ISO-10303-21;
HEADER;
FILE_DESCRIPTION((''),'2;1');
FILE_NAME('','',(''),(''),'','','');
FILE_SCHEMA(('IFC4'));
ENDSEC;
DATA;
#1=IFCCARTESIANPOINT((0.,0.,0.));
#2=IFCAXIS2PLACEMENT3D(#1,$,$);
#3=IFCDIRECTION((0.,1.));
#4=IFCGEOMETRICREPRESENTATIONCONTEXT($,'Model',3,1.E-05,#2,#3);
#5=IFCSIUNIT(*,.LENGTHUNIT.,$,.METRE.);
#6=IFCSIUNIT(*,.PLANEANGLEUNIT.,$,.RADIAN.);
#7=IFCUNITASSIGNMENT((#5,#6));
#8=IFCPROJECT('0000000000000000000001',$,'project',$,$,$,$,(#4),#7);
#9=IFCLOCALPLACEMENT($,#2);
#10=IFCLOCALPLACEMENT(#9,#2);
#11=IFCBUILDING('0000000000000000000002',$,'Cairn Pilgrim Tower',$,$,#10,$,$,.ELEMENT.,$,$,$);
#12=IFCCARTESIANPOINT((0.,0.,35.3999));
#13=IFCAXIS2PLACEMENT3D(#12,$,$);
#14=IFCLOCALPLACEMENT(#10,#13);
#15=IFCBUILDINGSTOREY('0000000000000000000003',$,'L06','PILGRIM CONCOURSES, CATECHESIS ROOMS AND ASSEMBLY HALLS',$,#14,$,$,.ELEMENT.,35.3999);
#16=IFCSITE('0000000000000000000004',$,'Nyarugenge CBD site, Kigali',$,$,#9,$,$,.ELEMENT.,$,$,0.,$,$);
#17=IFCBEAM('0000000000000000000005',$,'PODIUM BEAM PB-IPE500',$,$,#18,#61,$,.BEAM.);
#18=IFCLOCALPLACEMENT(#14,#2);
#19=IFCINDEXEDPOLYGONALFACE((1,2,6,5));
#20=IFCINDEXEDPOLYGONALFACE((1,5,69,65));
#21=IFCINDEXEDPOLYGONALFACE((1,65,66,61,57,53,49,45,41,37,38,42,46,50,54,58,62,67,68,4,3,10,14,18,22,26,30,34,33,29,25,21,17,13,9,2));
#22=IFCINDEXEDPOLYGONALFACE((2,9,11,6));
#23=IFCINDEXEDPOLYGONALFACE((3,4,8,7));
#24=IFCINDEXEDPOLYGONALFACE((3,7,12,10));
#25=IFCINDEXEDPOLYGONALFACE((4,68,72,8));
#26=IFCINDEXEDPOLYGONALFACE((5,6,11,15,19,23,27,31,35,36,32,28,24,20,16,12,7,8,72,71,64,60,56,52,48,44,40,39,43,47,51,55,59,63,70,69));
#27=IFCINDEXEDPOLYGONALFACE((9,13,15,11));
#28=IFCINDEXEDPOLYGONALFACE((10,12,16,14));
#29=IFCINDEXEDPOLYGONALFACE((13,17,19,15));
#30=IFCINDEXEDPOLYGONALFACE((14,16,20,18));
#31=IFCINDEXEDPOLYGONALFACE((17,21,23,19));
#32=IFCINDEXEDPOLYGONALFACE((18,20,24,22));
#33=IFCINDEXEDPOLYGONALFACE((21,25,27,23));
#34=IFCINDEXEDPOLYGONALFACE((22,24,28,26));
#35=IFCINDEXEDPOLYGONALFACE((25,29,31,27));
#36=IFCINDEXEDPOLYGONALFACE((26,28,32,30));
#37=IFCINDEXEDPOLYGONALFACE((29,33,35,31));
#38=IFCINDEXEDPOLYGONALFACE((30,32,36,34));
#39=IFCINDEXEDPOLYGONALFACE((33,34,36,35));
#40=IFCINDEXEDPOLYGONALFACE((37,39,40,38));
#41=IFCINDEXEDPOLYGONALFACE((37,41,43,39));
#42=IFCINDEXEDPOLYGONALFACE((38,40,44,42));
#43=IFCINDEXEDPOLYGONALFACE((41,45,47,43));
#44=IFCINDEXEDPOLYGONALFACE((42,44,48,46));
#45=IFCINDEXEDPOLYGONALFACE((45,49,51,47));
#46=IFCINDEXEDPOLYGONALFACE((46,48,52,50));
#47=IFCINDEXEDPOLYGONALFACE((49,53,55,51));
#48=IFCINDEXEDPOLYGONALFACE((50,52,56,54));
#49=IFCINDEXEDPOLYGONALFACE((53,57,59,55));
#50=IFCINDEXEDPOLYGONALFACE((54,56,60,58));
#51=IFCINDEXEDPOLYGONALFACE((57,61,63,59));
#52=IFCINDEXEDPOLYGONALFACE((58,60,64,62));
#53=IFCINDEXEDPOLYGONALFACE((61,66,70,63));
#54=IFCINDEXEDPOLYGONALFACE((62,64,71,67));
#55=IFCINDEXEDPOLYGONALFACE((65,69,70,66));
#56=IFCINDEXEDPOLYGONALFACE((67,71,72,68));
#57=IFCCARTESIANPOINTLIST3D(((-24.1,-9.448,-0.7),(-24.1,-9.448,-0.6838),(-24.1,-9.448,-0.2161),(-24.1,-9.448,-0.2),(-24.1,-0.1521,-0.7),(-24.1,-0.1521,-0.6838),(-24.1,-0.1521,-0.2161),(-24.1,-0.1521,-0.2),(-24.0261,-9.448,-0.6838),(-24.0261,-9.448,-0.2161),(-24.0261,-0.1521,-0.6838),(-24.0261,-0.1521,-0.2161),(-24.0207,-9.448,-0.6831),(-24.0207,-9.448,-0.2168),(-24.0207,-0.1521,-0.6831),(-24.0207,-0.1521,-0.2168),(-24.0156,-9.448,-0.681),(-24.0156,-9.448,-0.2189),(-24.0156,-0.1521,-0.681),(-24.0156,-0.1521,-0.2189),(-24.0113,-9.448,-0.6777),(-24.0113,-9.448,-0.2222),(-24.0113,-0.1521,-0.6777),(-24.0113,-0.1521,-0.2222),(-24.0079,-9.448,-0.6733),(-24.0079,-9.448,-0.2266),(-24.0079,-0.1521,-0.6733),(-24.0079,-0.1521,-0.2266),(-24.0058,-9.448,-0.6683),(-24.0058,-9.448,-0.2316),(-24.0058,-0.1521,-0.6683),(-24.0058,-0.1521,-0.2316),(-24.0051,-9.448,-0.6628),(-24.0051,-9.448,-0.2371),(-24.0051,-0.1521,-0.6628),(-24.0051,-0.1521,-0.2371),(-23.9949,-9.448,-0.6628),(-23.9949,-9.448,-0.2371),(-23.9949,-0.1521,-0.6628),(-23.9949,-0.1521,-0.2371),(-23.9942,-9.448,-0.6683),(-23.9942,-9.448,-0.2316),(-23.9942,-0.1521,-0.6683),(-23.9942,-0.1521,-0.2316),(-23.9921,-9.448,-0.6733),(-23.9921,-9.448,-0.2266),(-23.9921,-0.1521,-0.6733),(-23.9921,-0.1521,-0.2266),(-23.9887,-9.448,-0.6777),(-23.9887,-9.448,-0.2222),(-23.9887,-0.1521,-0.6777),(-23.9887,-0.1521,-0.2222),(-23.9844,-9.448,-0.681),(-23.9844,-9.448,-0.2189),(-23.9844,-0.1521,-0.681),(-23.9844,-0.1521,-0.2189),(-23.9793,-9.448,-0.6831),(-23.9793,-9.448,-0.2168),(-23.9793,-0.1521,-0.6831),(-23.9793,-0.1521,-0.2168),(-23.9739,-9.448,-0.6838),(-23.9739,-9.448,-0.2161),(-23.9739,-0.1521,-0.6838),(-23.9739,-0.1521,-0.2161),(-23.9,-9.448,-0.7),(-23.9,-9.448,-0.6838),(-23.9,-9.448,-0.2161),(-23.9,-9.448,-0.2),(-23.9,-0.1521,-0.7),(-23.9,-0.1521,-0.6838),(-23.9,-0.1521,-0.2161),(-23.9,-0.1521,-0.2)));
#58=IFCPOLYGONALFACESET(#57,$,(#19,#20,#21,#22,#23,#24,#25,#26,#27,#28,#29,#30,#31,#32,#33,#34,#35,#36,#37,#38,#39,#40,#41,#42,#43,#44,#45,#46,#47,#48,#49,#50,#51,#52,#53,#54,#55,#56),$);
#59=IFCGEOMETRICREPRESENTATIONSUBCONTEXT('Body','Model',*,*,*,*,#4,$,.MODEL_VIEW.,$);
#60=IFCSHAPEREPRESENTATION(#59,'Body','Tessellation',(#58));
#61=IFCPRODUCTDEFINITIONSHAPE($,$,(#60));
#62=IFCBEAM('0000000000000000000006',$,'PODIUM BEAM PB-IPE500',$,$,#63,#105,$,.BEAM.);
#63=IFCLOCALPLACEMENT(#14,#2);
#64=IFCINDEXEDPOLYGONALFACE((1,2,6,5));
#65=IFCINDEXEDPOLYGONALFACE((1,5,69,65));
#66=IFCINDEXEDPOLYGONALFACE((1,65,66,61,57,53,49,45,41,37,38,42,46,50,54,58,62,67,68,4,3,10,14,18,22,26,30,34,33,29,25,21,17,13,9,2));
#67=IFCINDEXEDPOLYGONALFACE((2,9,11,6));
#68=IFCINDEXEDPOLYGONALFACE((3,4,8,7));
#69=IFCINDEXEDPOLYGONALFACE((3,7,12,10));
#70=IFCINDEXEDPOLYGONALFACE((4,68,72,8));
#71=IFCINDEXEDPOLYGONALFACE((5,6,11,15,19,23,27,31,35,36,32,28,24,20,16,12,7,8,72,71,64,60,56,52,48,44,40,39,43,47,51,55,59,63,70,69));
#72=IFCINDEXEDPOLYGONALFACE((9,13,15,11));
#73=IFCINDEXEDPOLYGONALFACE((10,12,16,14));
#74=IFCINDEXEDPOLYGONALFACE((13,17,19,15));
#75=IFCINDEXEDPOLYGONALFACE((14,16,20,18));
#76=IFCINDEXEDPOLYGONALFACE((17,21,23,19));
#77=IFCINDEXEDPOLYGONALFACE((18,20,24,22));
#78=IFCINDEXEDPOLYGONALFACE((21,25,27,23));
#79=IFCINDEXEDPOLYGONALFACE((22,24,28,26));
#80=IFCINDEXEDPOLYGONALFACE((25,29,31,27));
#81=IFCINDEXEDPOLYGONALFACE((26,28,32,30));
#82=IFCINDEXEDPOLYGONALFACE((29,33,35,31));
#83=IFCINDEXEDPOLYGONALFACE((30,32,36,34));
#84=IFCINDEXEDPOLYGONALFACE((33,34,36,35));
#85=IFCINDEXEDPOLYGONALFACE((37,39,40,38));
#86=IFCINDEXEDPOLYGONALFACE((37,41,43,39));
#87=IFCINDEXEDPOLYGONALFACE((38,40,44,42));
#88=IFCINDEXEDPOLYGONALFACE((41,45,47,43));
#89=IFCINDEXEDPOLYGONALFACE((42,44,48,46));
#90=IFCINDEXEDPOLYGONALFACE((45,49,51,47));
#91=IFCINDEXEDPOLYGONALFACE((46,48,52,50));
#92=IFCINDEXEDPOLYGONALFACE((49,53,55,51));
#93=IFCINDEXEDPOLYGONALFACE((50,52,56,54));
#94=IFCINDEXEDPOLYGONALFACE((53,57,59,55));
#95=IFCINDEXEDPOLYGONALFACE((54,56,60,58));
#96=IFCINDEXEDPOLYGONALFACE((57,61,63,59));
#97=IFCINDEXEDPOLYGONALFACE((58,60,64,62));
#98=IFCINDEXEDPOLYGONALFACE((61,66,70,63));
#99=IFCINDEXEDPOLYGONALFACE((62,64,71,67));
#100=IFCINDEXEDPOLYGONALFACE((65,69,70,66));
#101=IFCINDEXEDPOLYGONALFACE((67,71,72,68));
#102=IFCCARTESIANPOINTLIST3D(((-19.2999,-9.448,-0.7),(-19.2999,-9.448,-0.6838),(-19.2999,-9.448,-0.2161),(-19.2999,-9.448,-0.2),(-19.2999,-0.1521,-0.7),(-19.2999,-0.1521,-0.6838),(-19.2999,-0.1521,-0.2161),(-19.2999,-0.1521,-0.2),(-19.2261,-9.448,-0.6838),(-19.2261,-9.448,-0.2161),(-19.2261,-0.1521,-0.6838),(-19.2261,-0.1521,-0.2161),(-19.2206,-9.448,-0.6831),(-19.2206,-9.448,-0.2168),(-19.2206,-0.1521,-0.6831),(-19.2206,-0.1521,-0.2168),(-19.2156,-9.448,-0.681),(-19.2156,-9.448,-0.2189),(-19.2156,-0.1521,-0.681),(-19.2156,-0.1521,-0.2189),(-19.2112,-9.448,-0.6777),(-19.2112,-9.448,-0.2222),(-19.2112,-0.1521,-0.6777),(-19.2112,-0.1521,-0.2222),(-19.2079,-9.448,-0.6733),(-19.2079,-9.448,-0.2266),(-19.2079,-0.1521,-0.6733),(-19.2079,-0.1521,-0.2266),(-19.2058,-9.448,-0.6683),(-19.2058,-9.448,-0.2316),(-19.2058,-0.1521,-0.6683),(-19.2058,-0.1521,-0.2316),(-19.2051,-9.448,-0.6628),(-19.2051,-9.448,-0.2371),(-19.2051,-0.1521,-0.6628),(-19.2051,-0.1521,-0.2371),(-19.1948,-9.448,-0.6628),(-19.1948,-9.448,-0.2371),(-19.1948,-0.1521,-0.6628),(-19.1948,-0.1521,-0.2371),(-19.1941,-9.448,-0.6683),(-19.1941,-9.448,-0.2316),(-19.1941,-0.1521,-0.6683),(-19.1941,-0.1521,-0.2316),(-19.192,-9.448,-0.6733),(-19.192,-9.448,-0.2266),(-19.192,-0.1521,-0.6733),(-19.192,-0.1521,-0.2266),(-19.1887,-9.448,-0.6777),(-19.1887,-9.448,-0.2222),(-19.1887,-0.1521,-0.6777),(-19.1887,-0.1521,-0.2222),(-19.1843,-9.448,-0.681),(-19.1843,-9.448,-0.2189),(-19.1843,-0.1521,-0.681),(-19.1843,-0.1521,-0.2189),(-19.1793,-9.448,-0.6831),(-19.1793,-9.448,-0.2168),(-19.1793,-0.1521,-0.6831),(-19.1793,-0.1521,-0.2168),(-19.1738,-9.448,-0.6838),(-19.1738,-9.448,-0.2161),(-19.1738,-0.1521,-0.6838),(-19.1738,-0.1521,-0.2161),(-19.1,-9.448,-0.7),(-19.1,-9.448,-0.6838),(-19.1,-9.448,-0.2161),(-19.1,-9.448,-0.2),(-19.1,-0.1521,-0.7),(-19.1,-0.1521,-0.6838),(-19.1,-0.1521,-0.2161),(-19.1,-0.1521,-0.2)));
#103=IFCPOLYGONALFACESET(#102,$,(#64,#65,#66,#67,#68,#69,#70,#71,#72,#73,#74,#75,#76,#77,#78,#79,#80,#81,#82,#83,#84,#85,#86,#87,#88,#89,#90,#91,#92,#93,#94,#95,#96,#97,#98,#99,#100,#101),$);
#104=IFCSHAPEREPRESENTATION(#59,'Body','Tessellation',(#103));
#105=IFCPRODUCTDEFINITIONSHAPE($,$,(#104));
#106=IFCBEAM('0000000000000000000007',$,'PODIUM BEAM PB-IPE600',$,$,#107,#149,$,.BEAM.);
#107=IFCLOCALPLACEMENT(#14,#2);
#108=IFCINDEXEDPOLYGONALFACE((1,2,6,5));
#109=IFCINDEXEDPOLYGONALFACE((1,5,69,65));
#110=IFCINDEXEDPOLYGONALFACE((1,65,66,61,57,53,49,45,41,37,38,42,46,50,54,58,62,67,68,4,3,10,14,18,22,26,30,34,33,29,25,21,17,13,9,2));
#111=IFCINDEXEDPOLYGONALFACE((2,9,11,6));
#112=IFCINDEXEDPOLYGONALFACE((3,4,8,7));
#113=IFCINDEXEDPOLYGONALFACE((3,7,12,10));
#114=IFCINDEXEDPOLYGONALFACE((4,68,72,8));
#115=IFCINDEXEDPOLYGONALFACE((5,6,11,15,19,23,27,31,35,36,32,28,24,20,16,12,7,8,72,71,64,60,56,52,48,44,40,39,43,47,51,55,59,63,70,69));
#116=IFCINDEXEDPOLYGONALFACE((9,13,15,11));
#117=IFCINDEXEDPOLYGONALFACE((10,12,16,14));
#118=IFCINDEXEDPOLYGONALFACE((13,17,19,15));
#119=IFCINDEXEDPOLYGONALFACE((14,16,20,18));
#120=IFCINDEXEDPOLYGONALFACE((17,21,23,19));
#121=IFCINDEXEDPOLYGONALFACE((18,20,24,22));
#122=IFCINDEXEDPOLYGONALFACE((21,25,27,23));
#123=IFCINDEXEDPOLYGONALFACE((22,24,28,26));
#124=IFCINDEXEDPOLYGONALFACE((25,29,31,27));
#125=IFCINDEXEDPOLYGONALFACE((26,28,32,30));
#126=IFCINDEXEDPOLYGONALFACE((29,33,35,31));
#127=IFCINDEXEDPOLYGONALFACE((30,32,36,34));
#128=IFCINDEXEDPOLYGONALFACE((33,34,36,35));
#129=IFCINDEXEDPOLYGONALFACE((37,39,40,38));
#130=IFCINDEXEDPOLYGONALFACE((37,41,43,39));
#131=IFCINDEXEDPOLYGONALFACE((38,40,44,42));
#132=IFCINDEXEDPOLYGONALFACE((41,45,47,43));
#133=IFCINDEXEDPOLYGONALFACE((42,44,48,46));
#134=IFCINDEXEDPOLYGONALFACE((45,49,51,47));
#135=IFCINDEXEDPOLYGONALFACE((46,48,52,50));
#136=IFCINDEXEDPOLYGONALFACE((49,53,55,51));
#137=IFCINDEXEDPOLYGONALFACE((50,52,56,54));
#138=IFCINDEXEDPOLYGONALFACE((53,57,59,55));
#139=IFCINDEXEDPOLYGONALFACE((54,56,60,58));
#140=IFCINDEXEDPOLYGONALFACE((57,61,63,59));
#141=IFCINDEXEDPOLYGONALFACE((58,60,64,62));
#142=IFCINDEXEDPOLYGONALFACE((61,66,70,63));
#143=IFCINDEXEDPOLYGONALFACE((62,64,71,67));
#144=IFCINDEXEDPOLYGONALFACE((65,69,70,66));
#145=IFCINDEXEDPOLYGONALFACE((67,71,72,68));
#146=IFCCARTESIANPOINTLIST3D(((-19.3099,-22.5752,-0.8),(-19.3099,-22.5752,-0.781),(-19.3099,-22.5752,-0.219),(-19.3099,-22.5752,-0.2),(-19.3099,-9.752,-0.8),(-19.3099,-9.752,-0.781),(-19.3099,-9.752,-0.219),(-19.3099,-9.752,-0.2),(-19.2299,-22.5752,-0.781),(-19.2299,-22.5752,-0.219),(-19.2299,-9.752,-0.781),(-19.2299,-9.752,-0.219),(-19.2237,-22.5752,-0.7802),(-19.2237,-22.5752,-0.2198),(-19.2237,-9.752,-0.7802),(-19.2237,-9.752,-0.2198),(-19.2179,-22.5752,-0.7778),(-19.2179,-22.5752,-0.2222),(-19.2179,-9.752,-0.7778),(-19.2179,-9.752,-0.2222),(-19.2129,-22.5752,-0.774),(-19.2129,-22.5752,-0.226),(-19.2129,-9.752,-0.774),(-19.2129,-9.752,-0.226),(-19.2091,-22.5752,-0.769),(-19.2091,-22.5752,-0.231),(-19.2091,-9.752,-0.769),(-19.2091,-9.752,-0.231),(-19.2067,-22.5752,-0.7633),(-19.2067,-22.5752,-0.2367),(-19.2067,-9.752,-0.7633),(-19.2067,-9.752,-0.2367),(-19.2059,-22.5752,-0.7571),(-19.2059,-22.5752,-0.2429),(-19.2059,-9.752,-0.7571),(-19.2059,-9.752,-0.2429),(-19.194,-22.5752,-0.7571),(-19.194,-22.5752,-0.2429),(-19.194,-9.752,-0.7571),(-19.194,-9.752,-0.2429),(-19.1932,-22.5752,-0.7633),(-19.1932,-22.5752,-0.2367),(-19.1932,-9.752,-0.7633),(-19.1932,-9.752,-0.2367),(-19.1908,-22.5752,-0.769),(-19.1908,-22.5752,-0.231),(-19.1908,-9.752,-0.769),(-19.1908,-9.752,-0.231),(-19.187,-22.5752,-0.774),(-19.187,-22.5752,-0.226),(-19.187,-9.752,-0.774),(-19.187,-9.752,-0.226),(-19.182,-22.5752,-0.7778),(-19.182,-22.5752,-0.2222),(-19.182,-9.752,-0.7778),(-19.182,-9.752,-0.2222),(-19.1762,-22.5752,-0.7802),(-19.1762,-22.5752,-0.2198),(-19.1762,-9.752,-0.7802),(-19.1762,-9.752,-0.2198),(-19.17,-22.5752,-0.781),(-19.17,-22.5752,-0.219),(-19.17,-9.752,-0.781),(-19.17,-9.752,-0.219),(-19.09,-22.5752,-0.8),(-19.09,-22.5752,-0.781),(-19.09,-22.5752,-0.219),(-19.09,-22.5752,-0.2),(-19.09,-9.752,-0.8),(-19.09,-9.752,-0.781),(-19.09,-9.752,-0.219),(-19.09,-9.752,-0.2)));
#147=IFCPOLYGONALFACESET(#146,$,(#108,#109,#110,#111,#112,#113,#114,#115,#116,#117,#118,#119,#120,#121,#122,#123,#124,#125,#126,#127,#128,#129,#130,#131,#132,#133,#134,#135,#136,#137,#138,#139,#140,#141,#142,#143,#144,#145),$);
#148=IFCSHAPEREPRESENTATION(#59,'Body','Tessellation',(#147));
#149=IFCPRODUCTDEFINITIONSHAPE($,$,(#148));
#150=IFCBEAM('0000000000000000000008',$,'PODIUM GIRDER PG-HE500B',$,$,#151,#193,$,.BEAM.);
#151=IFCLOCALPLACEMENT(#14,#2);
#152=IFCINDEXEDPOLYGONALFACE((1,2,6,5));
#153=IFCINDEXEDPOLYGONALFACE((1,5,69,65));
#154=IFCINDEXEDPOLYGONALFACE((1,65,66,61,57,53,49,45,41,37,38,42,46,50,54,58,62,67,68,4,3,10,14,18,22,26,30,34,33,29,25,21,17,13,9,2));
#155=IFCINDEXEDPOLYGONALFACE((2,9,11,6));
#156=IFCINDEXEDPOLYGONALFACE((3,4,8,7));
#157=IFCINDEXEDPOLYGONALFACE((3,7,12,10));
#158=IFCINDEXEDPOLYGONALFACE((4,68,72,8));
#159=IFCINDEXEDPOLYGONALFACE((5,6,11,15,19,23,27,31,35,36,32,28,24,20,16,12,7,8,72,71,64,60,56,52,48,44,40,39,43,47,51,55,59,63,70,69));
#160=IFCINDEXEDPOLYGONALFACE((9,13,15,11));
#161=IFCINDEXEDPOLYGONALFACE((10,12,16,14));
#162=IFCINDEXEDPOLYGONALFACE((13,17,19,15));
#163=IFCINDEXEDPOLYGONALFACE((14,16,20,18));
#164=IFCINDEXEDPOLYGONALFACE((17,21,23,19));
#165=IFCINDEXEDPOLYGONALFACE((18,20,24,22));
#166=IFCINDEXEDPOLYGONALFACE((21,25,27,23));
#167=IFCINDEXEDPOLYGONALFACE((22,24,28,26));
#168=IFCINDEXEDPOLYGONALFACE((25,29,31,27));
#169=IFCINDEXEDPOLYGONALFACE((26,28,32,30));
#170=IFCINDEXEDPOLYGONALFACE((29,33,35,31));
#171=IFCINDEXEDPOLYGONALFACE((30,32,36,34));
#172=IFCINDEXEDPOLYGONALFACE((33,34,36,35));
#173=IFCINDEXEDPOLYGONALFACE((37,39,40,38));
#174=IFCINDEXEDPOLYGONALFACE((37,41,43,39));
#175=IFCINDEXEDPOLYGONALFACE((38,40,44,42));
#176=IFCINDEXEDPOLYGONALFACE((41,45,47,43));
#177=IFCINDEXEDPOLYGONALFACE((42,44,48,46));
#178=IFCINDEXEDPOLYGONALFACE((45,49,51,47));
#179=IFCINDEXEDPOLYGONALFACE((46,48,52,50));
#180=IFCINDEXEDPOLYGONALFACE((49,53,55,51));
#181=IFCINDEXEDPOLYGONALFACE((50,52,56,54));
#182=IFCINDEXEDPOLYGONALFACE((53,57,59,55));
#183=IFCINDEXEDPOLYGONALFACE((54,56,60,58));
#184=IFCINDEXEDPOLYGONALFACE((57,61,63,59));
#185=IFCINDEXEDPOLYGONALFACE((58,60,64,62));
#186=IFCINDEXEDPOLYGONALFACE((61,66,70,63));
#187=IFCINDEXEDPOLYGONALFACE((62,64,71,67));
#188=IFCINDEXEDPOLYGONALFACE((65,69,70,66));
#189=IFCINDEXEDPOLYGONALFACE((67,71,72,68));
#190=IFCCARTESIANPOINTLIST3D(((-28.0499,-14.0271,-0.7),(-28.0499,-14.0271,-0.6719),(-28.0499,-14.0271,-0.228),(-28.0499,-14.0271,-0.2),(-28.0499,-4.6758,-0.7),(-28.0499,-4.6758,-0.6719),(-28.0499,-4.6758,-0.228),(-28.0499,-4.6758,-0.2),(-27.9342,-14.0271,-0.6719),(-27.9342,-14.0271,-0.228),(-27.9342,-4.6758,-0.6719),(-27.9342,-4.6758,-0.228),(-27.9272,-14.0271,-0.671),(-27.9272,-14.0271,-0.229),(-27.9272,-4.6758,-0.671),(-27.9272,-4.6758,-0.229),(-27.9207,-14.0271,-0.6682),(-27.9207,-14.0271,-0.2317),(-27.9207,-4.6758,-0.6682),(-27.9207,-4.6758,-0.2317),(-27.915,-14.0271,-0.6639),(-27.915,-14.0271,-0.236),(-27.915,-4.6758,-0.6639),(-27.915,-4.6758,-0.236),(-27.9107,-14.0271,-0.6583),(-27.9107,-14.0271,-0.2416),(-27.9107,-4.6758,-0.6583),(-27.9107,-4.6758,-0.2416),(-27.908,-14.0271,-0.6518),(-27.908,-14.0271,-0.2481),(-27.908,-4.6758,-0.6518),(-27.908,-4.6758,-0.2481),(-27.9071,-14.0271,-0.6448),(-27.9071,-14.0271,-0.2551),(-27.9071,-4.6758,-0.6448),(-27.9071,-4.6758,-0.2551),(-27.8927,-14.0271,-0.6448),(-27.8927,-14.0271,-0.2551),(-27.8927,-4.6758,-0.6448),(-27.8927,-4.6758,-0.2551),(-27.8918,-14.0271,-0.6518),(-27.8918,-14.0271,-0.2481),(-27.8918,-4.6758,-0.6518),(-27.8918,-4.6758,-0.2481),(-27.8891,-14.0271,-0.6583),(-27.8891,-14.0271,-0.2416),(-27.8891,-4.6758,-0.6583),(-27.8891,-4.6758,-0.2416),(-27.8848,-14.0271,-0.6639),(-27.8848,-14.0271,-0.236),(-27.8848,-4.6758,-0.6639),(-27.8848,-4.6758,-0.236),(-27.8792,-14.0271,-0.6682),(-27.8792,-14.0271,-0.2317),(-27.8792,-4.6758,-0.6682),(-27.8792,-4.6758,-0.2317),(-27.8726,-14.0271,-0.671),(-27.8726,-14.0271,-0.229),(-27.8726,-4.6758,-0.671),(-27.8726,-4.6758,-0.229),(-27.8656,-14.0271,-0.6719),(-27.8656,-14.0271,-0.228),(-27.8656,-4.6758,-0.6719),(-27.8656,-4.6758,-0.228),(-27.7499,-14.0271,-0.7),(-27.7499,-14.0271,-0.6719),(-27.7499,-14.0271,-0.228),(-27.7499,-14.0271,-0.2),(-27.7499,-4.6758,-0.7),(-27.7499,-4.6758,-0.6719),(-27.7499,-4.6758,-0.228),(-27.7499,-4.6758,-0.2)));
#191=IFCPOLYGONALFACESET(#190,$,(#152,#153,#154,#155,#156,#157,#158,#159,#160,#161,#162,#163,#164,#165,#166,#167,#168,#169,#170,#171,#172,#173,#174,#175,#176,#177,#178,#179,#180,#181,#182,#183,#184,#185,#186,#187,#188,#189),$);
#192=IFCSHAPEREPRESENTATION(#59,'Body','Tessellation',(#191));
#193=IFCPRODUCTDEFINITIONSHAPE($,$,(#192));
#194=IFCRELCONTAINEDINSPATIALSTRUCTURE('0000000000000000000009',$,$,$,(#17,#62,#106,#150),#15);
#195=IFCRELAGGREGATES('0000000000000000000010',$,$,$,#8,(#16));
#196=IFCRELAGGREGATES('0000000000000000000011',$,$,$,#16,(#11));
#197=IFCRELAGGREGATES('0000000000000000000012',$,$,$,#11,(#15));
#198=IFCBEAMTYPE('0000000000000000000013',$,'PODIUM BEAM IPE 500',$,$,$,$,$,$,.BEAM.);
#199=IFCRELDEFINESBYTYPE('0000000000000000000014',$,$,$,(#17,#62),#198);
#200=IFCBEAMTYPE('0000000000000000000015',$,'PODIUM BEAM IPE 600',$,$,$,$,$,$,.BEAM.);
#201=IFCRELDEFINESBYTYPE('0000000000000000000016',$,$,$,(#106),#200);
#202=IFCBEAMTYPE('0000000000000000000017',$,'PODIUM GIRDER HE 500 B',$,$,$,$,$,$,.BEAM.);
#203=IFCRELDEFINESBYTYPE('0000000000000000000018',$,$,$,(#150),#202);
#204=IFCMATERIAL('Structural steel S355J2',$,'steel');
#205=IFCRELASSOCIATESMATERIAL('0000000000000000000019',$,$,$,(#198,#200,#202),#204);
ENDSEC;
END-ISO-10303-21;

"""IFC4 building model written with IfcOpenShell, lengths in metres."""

from ifc_helpers import new_model, si_unit, direction, frame, origin, origin_2d, place, context, subcontext, project, spatial, i_section, extrude, material, material_profile, profile_set, type_object, element, save


model = new_model("IFC4")

# Units and contexts
model_context = context("Model", 3, precision=1e-05, world=origin(), true_north=direction((0.0, 1.0)))
body_context = subcontext(model_context, "Body", "Model", "MODEL_VIEW")
ifc_project = project(units=[si_unit("LENGTHUNIT", "METRE"), si_unit("PLANEANGLEUNIT", "RADIAN")], contexts=[model_context])

# Site, building, storey
site_placement = place(None, origin())
site = spatial("IfcSite", under=ifc_project, at=site_placement, Name="Nyarugenge CBD site, Kigali", CompositionType="ELEMENT", RefElevation=0.0)
building_placement = place(site_placement, origin())
building = spatial("IfcBuilding", under=site, at=building_placement, Name="Cairn Pilgrim Tower", CompositionType="ELEMENT")
storey_placement = place(building_placement, frame((0.0, 0.0, 35.3999)))
storey = spatial("IfcBuildingStorey", under=building, at=storey_placement, Name="L06", Description="PILGRIM CONCOURSES, CATECHESIS ROOMS AND ASSEMBLY HALLS", CompositionType="ELEMENT", Elevation=35.3999)

# Beams
ifc_material_1 = material(Name="Structural steel S355J2", Category="steel")
ifc_material_profile_1 = material_profile(ifc_material_1, i_section(OverallWidth=0.2, OverallDepth=0.5, WebThickness=0.0103, FlangeThickness=0.0161, FilletRadius=0.021, at=origin_2d()), Name="IPE 500")
ifc_profile_set_1 = profile_set([ifc_material_profile_1], Name="Structural steel S355J2")
beam_type_1 = type_object("IfcBeamType", Name="PODIUM BEAM IPE 500", PredefinedType="BEAM", material=ifc_profile_set_1)
for number, where, z_axis, x_axis, name in (
    (1, (-24.0, -9.448, -0.45), (0.0, 1.0, 0.0), (-1.0, 0.0, 0.0), "PODIUM BEAM PB-IPE500"),
    (2, (-19.2, -9.448, -0.45), (0.0, 1.0, 0.0), (-1.0, 0.0, 0.0), "PODIUM BEAM PB-IPE500"),
):
    element("IfcBeam", number, at=place(storey_placement, frame(where, z_axis=z_axis, x_axis=x_axis)), inside=storey, type_object=beam_type_1, Name=name, PredefinedType="BEAM", context=body_context, shape_type="SweptSolid", body=[
        extrude(i_section(OverallWidth=0.2, OverallDepth=0.5, WebThickness=0.0103, FlangeThickness=0.0161, FilletRadius=0.021, at=origin_2d()), origin(), (0.0, 0.0, 1.0), 9.2959),
    ])
ifc_material_profile_2 = material_profile(ifc_material_1, i_section(OverallWidth=0.22, OverallDepth=0.6001, WebThickness=0.012, FlangeThickness=0.019, FilletRadius=0.0239, at=origin_2d()), Name="IPE 600")
ifc_profile_set_2 = profile_set([ifc_material_profile_2], Name="Structural steel S355J2")
beam_type_2 = type_object("IfcBeamType", Name="PODIUM BEAM IPE 600", PredefinedType="BEAM", material=ifc_profile_set_2)
beam_1_placement = place(storey_placement, frame((-19.2, -22.5752, -0.5), z_axis=(0.0, 1.0, 0.0), x_axis=(-1.0, 0.0, 0.0)))
element("IfcBeam", 3, at=beam_1_placement, inside=storey, type_object=beam_type_2, Name="PODIUM BEAM PB-IPE600", PredefinedType="BEAM", context=body_context, shape_type="SweptSolid", body=[
    extrude(i_section(OverallWidth=0.22, OverallDepth=0.6001, WebThickness=0.012, FlangeThickness=0.019, FilletRadius=0.0239, at=origin_2d()), origin(), (0.0, 0.0, 1.0), 12.8232),
])
ifc_material_profile_3 = material_profile(ifc_material_1, i_section(OverallWidth=0.3, OverallDepth=0.5, WebThickness=0.0144, FlangeThickness=0.0281, FilletRadius=0.0271, at=origin_2d()), Name="HEB 500")
ifc_profile_set_3 = profile_set([ifc_material_profile_3], Name="Structural steel S355J2")
beam_type_3 = type_object("IfcBeamType", Name="PODIUM GIRDER HE 500 B", PredefinedType="BEAM", material=ifc_profile_set_3)
beam_2_placement = place(storey_placement, frame((-27.8999, -4.6758, -0.45), z_axis=(0.0, -1.0, 0.0), x_axis=(1.0, 0.0, 0.0)))
element("IfcBeam", 4, at=beam_2_placement, inside=storey, type_object=beam_type_3, Name="PODIUM GIRDER PG-HE500B", PredefinedType="BEAM", context=body_context, shape_type="SweptSolid", body=[
    extrude(i_section(OverallWidth=0.3, OverallDepth=0.5, WebThickness=0.0144, FlangeThickness=0.0281, FilletRadius=0.0271, at=origin_2d()), origin(), (0.0, 0.0, 1.0), 9.3513),
])

save(model, "model.ifc")
